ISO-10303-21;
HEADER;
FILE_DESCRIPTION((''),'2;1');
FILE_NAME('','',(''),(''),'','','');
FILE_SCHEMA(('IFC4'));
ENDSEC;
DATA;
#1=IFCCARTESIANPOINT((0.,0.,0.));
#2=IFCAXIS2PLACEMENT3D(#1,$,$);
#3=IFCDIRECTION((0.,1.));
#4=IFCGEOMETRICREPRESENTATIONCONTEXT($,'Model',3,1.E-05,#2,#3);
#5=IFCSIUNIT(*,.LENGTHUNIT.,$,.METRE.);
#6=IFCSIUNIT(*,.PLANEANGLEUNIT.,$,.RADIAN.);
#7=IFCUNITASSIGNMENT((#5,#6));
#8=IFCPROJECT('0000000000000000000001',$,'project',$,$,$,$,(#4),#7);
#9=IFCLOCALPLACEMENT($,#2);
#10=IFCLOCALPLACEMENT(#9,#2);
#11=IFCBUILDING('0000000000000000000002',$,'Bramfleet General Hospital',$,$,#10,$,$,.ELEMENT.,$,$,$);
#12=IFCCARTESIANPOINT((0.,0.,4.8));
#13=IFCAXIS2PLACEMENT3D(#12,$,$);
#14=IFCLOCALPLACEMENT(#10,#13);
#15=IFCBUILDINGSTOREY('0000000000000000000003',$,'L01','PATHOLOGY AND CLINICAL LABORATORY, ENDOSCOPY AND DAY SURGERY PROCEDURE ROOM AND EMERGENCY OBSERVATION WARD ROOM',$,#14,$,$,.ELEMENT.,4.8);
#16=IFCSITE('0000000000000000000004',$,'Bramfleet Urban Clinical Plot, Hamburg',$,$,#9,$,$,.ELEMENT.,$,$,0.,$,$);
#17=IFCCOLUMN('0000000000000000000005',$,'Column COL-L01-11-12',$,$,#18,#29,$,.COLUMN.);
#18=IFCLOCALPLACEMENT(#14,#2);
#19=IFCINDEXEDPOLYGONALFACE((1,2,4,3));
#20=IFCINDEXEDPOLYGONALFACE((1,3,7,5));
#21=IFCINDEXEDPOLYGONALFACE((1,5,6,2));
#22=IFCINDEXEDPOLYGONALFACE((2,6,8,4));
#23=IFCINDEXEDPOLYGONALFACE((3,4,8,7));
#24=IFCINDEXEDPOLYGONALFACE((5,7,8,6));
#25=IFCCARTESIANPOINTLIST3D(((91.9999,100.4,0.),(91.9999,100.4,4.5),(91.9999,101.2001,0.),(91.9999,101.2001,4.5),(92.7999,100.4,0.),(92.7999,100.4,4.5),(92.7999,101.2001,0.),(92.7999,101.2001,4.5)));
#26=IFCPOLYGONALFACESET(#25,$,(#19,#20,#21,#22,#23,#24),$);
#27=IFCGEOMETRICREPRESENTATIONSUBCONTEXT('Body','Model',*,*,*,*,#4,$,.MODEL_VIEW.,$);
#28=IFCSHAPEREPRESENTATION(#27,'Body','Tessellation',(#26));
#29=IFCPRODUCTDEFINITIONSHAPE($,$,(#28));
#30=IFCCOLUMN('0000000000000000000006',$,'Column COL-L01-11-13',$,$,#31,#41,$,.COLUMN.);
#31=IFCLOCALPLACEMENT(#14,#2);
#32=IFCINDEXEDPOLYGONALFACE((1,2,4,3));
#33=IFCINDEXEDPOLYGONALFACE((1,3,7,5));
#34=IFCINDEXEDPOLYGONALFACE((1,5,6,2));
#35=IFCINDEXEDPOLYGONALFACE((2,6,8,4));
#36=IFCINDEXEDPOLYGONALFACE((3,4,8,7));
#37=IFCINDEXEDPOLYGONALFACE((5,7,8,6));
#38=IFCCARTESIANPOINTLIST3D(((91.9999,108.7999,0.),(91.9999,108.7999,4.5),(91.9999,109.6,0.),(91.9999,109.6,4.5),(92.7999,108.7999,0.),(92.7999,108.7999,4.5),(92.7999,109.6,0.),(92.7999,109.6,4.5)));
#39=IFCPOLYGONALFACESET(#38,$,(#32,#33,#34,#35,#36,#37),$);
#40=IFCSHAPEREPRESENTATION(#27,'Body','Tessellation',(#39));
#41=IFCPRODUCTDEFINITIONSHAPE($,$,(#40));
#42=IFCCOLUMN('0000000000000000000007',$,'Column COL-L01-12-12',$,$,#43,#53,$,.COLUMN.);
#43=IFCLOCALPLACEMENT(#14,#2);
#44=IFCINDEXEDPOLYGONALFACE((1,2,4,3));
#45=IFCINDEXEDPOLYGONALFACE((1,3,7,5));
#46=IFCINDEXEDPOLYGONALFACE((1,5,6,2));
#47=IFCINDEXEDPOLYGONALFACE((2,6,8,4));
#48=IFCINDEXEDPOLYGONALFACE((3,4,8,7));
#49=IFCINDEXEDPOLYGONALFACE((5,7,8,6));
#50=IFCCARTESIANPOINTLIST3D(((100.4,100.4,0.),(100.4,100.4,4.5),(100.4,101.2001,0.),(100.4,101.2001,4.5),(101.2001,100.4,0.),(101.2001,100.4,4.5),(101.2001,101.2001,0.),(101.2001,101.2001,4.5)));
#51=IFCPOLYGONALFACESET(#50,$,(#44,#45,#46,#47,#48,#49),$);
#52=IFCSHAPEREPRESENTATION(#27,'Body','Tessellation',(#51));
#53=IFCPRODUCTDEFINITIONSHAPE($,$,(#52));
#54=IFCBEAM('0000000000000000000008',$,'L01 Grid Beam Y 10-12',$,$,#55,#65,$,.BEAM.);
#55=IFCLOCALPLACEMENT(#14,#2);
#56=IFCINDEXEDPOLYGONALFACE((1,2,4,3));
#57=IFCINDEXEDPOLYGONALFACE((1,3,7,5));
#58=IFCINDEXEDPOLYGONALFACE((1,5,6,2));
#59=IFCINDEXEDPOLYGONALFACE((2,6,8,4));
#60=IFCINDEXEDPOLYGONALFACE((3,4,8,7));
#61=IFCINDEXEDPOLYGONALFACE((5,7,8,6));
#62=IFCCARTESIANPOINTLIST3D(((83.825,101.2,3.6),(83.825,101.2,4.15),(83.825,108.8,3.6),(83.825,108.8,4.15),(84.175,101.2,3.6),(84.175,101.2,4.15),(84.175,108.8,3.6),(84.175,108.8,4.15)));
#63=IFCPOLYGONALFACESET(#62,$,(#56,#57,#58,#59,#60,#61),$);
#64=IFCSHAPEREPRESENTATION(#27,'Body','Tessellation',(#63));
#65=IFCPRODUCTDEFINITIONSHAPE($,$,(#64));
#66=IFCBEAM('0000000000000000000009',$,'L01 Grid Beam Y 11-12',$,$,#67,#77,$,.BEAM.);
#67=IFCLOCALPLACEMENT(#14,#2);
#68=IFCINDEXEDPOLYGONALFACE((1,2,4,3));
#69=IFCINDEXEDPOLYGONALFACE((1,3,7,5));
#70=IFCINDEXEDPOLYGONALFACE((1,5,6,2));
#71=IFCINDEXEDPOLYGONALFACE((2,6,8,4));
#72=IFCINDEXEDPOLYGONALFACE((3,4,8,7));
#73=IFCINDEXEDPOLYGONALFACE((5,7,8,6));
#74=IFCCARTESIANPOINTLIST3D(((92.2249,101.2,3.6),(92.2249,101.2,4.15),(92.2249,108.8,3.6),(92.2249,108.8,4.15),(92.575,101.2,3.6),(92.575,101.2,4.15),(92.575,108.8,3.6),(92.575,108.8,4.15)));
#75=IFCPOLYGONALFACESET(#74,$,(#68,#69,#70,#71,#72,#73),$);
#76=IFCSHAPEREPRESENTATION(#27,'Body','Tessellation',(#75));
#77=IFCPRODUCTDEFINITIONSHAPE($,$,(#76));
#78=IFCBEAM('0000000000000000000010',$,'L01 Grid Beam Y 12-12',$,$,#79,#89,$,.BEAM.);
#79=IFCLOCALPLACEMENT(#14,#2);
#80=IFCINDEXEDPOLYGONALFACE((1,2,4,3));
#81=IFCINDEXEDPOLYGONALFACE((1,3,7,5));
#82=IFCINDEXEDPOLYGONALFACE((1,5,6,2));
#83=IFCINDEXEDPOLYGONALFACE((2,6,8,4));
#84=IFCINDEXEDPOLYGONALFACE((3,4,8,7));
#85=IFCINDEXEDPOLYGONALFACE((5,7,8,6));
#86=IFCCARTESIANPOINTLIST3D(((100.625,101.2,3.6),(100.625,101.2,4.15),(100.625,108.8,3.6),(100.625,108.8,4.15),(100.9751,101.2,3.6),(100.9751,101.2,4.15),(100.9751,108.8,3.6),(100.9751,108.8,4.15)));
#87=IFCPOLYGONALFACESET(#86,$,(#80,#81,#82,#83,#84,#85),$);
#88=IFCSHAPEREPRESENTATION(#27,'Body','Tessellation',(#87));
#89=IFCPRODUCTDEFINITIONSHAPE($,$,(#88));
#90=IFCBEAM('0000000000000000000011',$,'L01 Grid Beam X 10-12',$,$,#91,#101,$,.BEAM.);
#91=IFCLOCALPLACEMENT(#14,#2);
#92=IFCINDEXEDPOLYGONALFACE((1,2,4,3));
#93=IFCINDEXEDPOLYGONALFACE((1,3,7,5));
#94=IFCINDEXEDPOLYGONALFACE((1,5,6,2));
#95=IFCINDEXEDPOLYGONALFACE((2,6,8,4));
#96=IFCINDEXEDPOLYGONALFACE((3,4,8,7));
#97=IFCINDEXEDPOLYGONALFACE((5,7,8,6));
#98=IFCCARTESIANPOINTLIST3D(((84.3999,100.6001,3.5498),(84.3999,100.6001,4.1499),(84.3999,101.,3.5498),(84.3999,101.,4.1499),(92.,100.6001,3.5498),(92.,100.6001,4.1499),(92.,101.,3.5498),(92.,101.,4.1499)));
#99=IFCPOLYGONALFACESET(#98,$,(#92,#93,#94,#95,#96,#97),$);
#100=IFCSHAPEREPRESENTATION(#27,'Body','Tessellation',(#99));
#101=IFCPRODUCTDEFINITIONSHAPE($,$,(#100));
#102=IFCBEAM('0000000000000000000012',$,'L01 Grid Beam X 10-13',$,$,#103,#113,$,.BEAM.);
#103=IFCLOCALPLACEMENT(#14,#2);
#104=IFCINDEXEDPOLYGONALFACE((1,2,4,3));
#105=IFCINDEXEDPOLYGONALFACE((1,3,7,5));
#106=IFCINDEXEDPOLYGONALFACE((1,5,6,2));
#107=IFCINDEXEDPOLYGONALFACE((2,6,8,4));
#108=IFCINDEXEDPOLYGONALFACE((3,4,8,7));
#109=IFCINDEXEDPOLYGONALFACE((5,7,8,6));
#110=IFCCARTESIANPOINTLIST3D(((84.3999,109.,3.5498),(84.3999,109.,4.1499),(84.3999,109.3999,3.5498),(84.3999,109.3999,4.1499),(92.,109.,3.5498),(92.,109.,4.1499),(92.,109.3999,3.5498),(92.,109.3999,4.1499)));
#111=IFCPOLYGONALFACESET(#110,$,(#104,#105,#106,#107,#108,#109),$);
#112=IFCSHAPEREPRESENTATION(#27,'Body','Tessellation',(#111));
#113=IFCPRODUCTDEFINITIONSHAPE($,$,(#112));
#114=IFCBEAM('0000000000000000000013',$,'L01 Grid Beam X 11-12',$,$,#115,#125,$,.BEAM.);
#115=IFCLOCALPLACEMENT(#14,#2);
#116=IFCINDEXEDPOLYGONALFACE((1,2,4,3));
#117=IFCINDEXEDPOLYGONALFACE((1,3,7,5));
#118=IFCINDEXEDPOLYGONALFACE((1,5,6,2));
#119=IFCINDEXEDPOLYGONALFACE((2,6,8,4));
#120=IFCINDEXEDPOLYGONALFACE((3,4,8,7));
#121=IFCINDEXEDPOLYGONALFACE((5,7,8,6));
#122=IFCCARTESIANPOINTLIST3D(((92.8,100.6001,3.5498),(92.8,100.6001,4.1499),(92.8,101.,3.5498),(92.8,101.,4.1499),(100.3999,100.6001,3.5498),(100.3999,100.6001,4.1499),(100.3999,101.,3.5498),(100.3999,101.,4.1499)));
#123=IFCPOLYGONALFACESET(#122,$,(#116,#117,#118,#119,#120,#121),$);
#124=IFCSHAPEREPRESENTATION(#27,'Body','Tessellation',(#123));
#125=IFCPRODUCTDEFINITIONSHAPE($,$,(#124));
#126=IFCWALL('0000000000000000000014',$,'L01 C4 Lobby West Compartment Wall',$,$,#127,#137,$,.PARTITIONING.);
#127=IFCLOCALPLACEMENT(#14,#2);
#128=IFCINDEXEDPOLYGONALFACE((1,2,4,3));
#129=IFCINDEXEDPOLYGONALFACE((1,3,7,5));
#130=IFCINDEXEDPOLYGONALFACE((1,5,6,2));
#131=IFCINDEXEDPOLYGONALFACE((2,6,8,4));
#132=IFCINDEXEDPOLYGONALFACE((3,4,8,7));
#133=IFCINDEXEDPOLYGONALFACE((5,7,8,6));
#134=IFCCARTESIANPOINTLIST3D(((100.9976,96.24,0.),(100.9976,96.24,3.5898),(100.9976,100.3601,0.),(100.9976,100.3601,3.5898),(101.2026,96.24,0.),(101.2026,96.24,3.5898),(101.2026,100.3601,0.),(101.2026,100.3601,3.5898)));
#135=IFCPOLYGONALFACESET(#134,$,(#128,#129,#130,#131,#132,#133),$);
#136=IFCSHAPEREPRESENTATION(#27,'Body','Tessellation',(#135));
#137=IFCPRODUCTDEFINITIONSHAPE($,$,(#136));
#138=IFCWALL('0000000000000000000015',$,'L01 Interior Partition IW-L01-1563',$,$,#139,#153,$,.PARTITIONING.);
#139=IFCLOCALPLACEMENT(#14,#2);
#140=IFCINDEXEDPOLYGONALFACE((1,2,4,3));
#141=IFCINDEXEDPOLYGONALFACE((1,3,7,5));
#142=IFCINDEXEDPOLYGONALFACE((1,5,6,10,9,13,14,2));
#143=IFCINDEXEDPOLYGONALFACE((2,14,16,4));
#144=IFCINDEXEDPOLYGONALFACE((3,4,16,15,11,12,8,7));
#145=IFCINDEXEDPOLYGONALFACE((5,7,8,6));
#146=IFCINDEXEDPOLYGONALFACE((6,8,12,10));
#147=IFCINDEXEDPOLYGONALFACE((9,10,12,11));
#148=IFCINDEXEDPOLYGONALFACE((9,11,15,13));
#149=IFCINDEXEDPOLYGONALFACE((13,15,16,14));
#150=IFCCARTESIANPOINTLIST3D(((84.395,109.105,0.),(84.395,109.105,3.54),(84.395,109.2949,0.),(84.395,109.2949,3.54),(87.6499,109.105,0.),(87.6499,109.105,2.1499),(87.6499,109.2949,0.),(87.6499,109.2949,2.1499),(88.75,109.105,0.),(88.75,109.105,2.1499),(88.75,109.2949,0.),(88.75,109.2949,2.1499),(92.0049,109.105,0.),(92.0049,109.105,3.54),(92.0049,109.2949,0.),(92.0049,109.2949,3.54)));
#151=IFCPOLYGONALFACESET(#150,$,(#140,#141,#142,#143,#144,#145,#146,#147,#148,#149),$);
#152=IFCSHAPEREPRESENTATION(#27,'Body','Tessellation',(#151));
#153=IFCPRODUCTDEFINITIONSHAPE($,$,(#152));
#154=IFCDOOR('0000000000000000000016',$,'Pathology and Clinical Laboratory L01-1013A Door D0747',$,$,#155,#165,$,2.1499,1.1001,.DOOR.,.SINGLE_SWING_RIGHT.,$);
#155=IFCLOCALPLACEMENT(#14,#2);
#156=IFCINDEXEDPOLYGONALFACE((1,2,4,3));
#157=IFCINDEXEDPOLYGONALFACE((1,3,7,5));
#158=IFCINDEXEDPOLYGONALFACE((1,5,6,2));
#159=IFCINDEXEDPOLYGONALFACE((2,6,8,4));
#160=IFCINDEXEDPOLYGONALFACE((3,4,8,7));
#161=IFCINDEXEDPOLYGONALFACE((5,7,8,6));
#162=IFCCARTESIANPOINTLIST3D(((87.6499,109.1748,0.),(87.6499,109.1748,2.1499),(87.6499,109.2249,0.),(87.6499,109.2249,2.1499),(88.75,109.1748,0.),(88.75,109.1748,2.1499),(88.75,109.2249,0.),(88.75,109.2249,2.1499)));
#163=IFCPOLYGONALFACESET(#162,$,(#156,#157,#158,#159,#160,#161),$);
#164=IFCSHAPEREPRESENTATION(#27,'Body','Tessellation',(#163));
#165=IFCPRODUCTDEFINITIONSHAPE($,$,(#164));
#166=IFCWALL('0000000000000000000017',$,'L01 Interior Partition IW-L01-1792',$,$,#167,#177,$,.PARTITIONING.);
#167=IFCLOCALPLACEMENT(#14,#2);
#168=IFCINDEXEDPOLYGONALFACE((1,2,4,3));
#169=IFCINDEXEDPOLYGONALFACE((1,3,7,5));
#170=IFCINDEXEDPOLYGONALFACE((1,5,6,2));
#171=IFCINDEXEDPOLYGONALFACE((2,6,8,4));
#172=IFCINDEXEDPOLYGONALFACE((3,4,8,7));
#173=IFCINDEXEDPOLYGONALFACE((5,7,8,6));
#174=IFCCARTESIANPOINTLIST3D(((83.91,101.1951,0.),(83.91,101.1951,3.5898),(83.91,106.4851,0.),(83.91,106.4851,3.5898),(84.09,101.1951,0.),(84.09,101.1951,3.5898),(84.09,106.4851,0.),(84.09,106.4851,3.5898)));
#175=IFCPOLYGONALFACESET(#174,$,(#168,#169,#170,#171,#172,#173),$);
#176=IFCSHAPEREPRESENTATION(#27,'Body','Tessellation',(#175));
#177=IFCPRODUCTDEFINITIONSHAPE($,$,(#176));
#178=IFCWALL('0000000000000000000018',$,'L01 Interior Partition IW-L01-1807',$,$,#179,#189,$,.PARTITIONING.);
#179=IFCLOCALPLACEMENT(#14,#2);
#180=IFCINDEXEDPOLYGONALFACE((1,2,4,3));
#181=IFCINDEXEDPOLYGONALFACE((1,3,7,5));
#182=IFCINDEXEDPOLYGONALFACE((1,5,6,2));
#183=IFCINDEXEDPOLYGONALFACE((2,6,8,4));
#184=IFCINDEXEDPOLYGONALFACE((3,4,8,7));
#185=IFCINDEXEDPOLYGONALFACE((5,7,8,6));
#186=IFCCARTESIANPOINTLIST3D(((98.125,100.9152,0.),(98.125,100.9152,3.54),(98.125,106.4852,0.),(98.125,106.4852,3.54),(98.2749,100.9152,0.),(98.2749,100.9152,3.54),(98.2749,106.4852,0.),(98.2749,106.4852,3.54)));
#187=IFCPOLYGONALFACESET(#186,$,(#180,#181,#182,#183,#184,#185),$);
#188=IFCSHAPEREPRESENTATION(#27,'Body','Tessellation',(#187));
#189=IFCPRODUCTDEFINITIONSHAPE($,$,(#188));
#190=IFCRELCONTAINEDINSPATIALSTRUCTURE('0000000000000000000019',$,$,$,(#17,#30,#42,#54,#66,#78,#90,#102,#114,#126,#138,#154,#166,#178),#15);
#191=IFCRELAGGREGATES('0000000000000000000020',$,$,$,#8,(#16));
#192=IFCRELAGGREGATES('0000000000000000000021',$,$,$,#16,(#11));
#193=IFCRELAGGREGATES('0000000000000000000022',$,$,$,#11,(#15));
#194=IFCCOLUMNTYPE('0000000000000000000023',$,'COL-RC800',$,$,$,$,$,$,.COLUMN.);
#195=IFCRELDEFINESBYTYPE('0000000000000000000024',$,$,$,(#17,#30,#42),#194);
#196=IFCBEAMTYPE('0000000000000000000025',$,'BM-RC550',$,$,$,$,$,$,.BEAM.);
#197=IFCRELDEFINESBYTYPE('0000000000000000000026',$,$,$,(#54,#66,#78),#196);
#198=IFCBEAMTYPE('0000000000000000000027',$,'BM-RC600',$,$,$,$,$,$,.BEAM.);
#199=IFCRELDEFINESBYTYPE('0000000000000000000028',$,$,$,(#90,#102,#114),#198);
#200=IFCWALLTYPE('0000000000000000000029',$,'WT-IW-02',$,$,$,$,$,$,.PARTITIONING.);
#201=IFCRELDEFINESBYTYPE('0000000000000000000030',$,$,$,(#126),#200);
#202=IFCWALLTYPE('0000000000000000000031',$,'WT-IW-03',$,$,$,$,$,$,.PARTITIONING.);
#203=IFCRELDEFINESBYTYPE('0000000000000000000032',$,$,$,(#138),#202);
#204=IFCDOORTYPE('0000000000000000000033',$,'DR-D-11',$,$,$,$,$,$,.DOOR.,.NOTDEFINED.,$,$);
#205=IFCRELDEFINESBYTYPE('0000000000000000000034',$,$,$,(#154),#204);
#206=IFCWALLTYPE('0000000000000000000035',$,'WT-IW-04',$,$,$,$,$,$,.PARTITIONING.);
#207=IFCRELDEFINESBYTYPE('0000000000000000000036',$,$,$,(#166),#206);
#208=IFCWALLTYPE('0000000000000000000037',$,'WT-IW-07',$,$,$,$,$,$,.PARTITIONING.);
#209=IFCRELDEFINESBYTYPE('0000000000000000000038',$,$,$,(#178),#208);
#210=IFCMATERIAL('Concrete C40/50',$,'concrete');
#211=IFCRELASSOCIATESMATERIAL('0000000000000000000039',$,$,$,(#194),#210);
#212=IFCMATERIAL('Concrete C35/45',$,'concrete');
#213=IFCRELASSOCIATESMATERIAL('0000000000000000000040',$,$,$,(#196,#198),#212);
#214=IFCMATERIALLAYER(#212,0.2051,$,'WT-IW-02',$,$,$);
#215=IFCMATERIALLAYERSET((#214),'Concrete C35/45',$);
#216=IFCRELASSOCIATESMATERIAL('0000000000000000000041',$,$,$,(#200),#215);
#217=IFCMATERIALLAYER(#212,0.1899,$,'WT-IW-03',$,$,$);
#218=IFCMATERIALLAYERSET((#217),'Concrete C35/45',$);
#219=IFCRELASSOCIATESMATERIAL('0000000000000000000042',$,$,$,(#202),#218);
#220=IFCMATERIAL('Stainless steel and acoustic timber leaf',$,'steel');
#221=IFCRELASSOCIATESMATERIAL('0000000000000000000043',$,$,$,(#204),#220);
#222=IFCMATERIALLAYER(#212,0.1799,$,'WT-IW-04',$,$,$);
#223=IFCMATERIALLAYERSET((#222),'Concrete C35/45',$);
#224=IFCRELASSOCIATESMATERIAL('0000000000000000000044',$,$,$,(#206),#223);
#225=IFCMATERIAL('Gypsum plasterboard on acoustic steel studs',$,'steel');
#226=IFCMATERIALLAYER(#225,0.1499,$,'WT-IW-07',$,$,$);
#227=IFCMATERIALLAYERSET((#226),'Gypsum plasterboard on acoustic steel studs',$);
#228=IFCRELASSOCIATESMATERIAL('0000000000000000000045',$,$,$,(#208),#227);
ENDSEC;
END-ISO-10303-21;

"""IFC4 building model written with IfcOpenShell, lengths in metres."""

from ifc_helpers import new_model, si_unit, direction, frame, frame_2d, origin, origin_2d, place, context, subcontext, project, spatial, rectangle, extrude, material, layer, layer_set, material_profile, profile_set, type_object, element, fill, save


model = new_model("IFC4")

# Units and contexts
model_context = context("Model", 3, precision=1e-05, world=origin(), true_north=direction((0.0, 1.0)))
body_context = subcontext(model_context, "Body", "Model", "MODEL_VIEW")
ifc_project = project(units=[si_unit("LENGTHUNIT", "METRE"), si_unit("PLANEANGLEUNIT", "RADIAN")], contexts=[model_context])

# Site, building, storey
site_placement = place(None, origin())
site = spatial("IfcSite", under=ifc_project, at=site_placement, Name="Bramfleet Urban Clinical Plot, Hamburg", CompositionType="ELEMENT", RefElevation=0.0)
building_placement = place(site_placement, origin())
building = spatial("IfcBuilding", under=site, at=building_placement, Name="Bramfleet General Hospital", CompositionType="ELEMENT")
storey_placement = place(building_placement, frame((0.0, 0.0, 4.8)))
storey = spatial("IfcBuildingStorey", under=building, at=storey_placement, Name="L01", Description="PATHOLOGY AND CLINICAL LABORATORY, ENDOSCOPY AND DAY SURGERY PROCEDURE ROOM AND EMERGENCY OBSERVATION WARD ROOM", CompositionType="ELEMENT", Elevation=4.8)

# Columns
ifc_material_1 = material(Name="Concrete C40/50", Category="concrete")
ifc_material_profile_1 = material_profile(ifc_material_1, rectangle(XDim=0.8, YDim=0.8, at=origin_2d()), Name="RC COL 800x800")
ifc_profile_set_1 = profile_set([ifc_material_profile_1], Name="Concrete C40/50")
column_type = type_object("IfcColumnType", Name="COL-RC800", PredefinedType="COLUMN", material=ifc_profile_set_1)
for number, where, z_axis, x_axis, name in (
    (1, (92.3999, 100.8, 0.0), (0.0, 0.0, 1.0), (1.0, 0.0, 0.0), "Column COL-L01-11-12"),
    (2, (92.3999, 109.2, 0.0), (0.0, 0.0, 1.0), (1.0, 0.0, 0.0), "Column COL-L01-11-13"),
    (3, (100.8, 100.8, 0.0), (0.0, 0.0, 1.0), (1.0, 0.0, 0.0), "Column COL-L01-12-12"),
):
    element("IfcColumn", number, at=place(storey_placement, frame(where, z_axis=z_axis, x_axis=x_axis)), inside=storey, type_object=column_type, Name=name, PredefinedType="COLUMN", context=body_context, shape_type="SweptSolid", body=[
        extrude(rectangle(XDim=0.8, YDim=0.8, at=origin_2d()), origin(), (0.0, 0.0, 1.0), 4.5),
    ])

# Beams
ifc_material_2 = material(Name="Concrete C35/45", Category="concrete")
ifc_material_profile_2 = material_profile(ifc_material_2, rectangle(XDim=0.3501, YDim=0.55, at=origin_2d()), Name="RC BM 550x350")
ifc_profile_set_2 = profile_set([ifc_material_profile_2], Name="Concrete C35/45")
beam_type_1 = type_object("IfcBeamType", Name="BM-RC550", PredefinedType="BEAM", material=ifc_profile_set_2)
for number, where, z_axis, x_axis, name in (
    (4, (84.0, 101.2, 3.875), (0.0, 1.0, 0.0), (-1.0, 0.0, 0.0), "L01 Grid Beam Y 10-12"),
    (5, (92.3999, 101.2, 3.875), (0.0, 1.0, 0.0), (-1.0, 0.0, 0.0), "L01 Grid Beam Y 11-12"),
    (6, (100.8, 101.2, 3.875), (0.0, 1.0, 0.0), (-1.0, 0.0, 0.0), "L01 Grid Beam Y 12-12"),
):
    element("IfcBeam", number, at=place(storey_placement, frame(where, z_axis=z_axis, x_axis=x_axis)), inside=storey, type_object=beam_type_1, Name=name, PredefinedType="BEAM", context=body_context, shape_type="SweptSolid", body=[
        extrude(rectangle(XDim=0.3501, YDim=0.55, at=origin_2d()), origin(), (0.0, 0.0, 1.0), 7.6001),
    ])
ifc_material_profile_3 = material_profile(ifc_material_2, rectangle(XDim=0.3999, YDim=0.6001, at=origin_2d()), Name="RC BM 600x400")
ifc_profile_set_3 = profile_set([ifc_material_profile_3], Name="Concrete C35/45")
beam_type_2 = type_object("IfcBeamType", Name="BM-RC600", PredefinedType="BEAM", material=ifc_profile_set_3)
for number, where, z_axis, x_axis, name in (
    (7, (84.3999, 100.8, 3.8499), (1.0, 0.0, 0.0), (0.0, 1.0, 0.0), "L01 Grid Beam X 10-12"),
    (8, (84.3999, 109.2, 3.8499), (1.0, 0.0, 0.0), (0.0, 1.0, 0.0), "L01 Grid Beam X 10-13"),
):
    element("IfcBeam", number, at=place(storey_placement, frame(where, z_axis=z_axis, x_axis=x_axis)), inside=storey, type_object=beam_type_2, Name=name, PredefinedType="BEAM", context=body_context, shape_type="SweptSolid", body=[
        extrude(rectangle(XDim=0.3999, YDim=0.6001, at=origin_2d()), origin(), (0.0, 0.0, 1.0), 7.6001),
    ])
beam_placement = place(storey_placement, frame((92.8, 100.8, 3.8499), z_axis=(1.0, 0.0, 0.0), x_axis=(0.0, 1.0, 0.0)))
element("IfcBeam", 9, at=beam_placement, inside=storey, type_object=beam_type_2, Name="L01 Grid Beam X 11-12", PredefinedType="BEAM", context=body_context, shape_type="SweptSolid", body=[
    extrude(rectangle(XDim=0.3999, YDim=0.6001, at=origin_2d()), origin(), (0.0, 0.0, 1.0), 7.5999),
])

# Wall
ifc_layer_1 = layer(ifc_material_2, 0.2051, Name="WT-IW-02")
ifc_layer_set_1 = layer_set([ifc_layer_1], Name="Concrete C35/45")
wall_type_1 = type_object("IfcWallType", Name="WT-IW-02", PredefinedType="PARTITIONING", material=ifc_layer_set_1)
wall_1_placement = place(storey_placement, frame((101.1001, 96.24, 0.0), z_axis=(0.0, 0.0, 1.0), x_axis=(0.0, 1.0, 0.0)))
element("IfcWall", 10, at=wall_1_placement, inside=storey, type_object=wall_type_1, Name="L01 C4 Lobby West Compartment Wall", PredefinedType="PARTITIONING", context=body_context, shape_type="SweptSolid", body=[
    extrude(rectangle(XDim=4.1201, YDim=0.2051, at=frame_2d((2.0601, 0.0))), origin(), (0.0, 0.0, 1.0), 3.5898),
])

# Wall, opening, door
ifc_layer_2 = layer(ifc_material_2, 0.1899, Name="WT-IW-03")
ifc_layer_set_2 = layer_set([ifc_layer_2], Name="Concrete C35/45")
wall_type_2 = type_object("IfcWallType", Name="WT-IW-03", PredefinedType="PARTITIONING", material=ifc_layer_set_2)
wall_2_placement = place(storey_placement, frame((84.395, 109.2, 0.0), z_axis=(0.0, 0.0, 1.0), x_axis=(1.0, 0.0, 0.0)))
wall_2 = element("IfcWall", 11, at=wall_2_placement, inside=storey, type_object=wall_type_2, Name="L01 Interior Partition IW-L01-1563", PredefinedType="PARTITIONING", context=body_context, shape_type="SweptSolid", body=[
    extrude(rectangle(XDim=7.6099, YDim=0.1899, at=frame_2d((3.8049, 0.0))), origin(), (0.0, 0.0, 1.0), 3.54),
])
opening_1_placement = place(wall_2_placement, frame((3.2549, 0.0, 0.0)))
opening_1 = element("IfcOpeningElement", 12, at=opening_1_placement, cuts=wall_2, PredefinedType="OPENING", context=body_context, shape_type="SweptSolid", body=[
    extrude(rectangle(XDim=1.1001, YDim=2.1499, at=frame_2d((0.55, 1.075))), frame((0.0, 0.105, 0.0), z_axis=(0.0, -1.0, 0.0), x_axis=(1.0, 0.0, 0.0)), (0.0, 0.0, 1.0), 0.21),
])
ifc_material_3 = material(Name="Stainless steel and acoustic timber leaf", Category="steel")
door_type_1 = type_object("IfcDoorType", Name="DR-D-11", OperationType="NOTDEFINED", PredefinedType="DOOR", material=ifc_material_3)
door_1_placement = place(opening_1_placement, origin())
door_1 = element("IfcDoor", 13, at=door_1_placement, inside=storey, type_object=door_type_1, Name="Pathology and Clinical Laboratory L01-1013A Door D0747", OperationType="SINGLE_SWING_RIGHT", OverallHeight=2.1499, OverallWidth=1.1001, PredefinedType="DOOR", context=body_context, shape_type="SweptSolid", body=[
    extrude(rectangle(XDim=1.1001, YDim=2.1499, at=frame_2d((0.55, 1.075))), frame((0.0, 0.0249, 0.0), z_axis=(0.0, -1.0, 0.0), x_axis=(1.0, 0.0, 0.0)), (0.0, 0.0, 1.0), 0.05),
])
fill(opening_1, door_1)

# Walls
ifc_layer_3 = layer(ifc_material_2, 0.1799, Name="WT-IW-04")
ifc_layer_set_3 = layer_set([ifc_layer_3], Name="Concrete C35/45")
wall_type_3 = type_object("IfcWallType", Name="WT-IW-04", PredefinedType="PARTITIONING", material=ifc_layer_set_3)
wall_3_placement = place(storey_placement, frame((84.0, 101.1951, 0.0), z_axis=(0.0, 0.0, 1.0), x_axis=(0.0, 1.0, 0.0)))
element("IfcWall", 14, at=wall_3_placement, inside=storey, type_object=wall_type_3, Name="L01 Interior Partition IW-L01-1792", PredefinedType="PARTITIONING", context=body_context, shape_type="SweptSolid", body=[
    extrude(rectangle(XDim=5.29, YDim=0.1799, at=frame_2d((2.645, 0.0))), origin(), (0.0, 0.0, 1.0), 3.5898),
])
ifc_material_4 = material(Name="Gypsum plasterboard on acoustic steel studs", Category="steel")
ifc_layer_4 = layer(ifc_material_4, 0.1499, Name="WT-IW-07")
ifc_layer_set_4 = layer_set([ifc_layer_4], Name="Gypsum plasterboard on acoustic steel studs")
wall_type_4 = type_object("IfcWallType", Name="WT-IW-07", PredefinedType="PARTITIONING", material=ifc_layer_set_4)
wall_4_placement = place(storey_placement, frame((98.2, 100.915, 0.0), z_axis=(0.0, 0.0, 1.0), x_axis=(0.0, 1.0, 0.0)))
element("IfcWall", 15, at=wall_4_placement, inside=storey, type_object=wall_type_4, Name="L01 Interior Partition IW-L01-1807", PredefinedType="PARTITIONING", context=body_context, shape_type="SweptSolid", body=[
    extrude(rectangle(XDim=5.5701, YDim=0.1499, at=frame_2d((2.7852, 0.0))), origin(), (0.0, 0.0, 1.0), 3.54),
])

save(model, "model.ifc")
